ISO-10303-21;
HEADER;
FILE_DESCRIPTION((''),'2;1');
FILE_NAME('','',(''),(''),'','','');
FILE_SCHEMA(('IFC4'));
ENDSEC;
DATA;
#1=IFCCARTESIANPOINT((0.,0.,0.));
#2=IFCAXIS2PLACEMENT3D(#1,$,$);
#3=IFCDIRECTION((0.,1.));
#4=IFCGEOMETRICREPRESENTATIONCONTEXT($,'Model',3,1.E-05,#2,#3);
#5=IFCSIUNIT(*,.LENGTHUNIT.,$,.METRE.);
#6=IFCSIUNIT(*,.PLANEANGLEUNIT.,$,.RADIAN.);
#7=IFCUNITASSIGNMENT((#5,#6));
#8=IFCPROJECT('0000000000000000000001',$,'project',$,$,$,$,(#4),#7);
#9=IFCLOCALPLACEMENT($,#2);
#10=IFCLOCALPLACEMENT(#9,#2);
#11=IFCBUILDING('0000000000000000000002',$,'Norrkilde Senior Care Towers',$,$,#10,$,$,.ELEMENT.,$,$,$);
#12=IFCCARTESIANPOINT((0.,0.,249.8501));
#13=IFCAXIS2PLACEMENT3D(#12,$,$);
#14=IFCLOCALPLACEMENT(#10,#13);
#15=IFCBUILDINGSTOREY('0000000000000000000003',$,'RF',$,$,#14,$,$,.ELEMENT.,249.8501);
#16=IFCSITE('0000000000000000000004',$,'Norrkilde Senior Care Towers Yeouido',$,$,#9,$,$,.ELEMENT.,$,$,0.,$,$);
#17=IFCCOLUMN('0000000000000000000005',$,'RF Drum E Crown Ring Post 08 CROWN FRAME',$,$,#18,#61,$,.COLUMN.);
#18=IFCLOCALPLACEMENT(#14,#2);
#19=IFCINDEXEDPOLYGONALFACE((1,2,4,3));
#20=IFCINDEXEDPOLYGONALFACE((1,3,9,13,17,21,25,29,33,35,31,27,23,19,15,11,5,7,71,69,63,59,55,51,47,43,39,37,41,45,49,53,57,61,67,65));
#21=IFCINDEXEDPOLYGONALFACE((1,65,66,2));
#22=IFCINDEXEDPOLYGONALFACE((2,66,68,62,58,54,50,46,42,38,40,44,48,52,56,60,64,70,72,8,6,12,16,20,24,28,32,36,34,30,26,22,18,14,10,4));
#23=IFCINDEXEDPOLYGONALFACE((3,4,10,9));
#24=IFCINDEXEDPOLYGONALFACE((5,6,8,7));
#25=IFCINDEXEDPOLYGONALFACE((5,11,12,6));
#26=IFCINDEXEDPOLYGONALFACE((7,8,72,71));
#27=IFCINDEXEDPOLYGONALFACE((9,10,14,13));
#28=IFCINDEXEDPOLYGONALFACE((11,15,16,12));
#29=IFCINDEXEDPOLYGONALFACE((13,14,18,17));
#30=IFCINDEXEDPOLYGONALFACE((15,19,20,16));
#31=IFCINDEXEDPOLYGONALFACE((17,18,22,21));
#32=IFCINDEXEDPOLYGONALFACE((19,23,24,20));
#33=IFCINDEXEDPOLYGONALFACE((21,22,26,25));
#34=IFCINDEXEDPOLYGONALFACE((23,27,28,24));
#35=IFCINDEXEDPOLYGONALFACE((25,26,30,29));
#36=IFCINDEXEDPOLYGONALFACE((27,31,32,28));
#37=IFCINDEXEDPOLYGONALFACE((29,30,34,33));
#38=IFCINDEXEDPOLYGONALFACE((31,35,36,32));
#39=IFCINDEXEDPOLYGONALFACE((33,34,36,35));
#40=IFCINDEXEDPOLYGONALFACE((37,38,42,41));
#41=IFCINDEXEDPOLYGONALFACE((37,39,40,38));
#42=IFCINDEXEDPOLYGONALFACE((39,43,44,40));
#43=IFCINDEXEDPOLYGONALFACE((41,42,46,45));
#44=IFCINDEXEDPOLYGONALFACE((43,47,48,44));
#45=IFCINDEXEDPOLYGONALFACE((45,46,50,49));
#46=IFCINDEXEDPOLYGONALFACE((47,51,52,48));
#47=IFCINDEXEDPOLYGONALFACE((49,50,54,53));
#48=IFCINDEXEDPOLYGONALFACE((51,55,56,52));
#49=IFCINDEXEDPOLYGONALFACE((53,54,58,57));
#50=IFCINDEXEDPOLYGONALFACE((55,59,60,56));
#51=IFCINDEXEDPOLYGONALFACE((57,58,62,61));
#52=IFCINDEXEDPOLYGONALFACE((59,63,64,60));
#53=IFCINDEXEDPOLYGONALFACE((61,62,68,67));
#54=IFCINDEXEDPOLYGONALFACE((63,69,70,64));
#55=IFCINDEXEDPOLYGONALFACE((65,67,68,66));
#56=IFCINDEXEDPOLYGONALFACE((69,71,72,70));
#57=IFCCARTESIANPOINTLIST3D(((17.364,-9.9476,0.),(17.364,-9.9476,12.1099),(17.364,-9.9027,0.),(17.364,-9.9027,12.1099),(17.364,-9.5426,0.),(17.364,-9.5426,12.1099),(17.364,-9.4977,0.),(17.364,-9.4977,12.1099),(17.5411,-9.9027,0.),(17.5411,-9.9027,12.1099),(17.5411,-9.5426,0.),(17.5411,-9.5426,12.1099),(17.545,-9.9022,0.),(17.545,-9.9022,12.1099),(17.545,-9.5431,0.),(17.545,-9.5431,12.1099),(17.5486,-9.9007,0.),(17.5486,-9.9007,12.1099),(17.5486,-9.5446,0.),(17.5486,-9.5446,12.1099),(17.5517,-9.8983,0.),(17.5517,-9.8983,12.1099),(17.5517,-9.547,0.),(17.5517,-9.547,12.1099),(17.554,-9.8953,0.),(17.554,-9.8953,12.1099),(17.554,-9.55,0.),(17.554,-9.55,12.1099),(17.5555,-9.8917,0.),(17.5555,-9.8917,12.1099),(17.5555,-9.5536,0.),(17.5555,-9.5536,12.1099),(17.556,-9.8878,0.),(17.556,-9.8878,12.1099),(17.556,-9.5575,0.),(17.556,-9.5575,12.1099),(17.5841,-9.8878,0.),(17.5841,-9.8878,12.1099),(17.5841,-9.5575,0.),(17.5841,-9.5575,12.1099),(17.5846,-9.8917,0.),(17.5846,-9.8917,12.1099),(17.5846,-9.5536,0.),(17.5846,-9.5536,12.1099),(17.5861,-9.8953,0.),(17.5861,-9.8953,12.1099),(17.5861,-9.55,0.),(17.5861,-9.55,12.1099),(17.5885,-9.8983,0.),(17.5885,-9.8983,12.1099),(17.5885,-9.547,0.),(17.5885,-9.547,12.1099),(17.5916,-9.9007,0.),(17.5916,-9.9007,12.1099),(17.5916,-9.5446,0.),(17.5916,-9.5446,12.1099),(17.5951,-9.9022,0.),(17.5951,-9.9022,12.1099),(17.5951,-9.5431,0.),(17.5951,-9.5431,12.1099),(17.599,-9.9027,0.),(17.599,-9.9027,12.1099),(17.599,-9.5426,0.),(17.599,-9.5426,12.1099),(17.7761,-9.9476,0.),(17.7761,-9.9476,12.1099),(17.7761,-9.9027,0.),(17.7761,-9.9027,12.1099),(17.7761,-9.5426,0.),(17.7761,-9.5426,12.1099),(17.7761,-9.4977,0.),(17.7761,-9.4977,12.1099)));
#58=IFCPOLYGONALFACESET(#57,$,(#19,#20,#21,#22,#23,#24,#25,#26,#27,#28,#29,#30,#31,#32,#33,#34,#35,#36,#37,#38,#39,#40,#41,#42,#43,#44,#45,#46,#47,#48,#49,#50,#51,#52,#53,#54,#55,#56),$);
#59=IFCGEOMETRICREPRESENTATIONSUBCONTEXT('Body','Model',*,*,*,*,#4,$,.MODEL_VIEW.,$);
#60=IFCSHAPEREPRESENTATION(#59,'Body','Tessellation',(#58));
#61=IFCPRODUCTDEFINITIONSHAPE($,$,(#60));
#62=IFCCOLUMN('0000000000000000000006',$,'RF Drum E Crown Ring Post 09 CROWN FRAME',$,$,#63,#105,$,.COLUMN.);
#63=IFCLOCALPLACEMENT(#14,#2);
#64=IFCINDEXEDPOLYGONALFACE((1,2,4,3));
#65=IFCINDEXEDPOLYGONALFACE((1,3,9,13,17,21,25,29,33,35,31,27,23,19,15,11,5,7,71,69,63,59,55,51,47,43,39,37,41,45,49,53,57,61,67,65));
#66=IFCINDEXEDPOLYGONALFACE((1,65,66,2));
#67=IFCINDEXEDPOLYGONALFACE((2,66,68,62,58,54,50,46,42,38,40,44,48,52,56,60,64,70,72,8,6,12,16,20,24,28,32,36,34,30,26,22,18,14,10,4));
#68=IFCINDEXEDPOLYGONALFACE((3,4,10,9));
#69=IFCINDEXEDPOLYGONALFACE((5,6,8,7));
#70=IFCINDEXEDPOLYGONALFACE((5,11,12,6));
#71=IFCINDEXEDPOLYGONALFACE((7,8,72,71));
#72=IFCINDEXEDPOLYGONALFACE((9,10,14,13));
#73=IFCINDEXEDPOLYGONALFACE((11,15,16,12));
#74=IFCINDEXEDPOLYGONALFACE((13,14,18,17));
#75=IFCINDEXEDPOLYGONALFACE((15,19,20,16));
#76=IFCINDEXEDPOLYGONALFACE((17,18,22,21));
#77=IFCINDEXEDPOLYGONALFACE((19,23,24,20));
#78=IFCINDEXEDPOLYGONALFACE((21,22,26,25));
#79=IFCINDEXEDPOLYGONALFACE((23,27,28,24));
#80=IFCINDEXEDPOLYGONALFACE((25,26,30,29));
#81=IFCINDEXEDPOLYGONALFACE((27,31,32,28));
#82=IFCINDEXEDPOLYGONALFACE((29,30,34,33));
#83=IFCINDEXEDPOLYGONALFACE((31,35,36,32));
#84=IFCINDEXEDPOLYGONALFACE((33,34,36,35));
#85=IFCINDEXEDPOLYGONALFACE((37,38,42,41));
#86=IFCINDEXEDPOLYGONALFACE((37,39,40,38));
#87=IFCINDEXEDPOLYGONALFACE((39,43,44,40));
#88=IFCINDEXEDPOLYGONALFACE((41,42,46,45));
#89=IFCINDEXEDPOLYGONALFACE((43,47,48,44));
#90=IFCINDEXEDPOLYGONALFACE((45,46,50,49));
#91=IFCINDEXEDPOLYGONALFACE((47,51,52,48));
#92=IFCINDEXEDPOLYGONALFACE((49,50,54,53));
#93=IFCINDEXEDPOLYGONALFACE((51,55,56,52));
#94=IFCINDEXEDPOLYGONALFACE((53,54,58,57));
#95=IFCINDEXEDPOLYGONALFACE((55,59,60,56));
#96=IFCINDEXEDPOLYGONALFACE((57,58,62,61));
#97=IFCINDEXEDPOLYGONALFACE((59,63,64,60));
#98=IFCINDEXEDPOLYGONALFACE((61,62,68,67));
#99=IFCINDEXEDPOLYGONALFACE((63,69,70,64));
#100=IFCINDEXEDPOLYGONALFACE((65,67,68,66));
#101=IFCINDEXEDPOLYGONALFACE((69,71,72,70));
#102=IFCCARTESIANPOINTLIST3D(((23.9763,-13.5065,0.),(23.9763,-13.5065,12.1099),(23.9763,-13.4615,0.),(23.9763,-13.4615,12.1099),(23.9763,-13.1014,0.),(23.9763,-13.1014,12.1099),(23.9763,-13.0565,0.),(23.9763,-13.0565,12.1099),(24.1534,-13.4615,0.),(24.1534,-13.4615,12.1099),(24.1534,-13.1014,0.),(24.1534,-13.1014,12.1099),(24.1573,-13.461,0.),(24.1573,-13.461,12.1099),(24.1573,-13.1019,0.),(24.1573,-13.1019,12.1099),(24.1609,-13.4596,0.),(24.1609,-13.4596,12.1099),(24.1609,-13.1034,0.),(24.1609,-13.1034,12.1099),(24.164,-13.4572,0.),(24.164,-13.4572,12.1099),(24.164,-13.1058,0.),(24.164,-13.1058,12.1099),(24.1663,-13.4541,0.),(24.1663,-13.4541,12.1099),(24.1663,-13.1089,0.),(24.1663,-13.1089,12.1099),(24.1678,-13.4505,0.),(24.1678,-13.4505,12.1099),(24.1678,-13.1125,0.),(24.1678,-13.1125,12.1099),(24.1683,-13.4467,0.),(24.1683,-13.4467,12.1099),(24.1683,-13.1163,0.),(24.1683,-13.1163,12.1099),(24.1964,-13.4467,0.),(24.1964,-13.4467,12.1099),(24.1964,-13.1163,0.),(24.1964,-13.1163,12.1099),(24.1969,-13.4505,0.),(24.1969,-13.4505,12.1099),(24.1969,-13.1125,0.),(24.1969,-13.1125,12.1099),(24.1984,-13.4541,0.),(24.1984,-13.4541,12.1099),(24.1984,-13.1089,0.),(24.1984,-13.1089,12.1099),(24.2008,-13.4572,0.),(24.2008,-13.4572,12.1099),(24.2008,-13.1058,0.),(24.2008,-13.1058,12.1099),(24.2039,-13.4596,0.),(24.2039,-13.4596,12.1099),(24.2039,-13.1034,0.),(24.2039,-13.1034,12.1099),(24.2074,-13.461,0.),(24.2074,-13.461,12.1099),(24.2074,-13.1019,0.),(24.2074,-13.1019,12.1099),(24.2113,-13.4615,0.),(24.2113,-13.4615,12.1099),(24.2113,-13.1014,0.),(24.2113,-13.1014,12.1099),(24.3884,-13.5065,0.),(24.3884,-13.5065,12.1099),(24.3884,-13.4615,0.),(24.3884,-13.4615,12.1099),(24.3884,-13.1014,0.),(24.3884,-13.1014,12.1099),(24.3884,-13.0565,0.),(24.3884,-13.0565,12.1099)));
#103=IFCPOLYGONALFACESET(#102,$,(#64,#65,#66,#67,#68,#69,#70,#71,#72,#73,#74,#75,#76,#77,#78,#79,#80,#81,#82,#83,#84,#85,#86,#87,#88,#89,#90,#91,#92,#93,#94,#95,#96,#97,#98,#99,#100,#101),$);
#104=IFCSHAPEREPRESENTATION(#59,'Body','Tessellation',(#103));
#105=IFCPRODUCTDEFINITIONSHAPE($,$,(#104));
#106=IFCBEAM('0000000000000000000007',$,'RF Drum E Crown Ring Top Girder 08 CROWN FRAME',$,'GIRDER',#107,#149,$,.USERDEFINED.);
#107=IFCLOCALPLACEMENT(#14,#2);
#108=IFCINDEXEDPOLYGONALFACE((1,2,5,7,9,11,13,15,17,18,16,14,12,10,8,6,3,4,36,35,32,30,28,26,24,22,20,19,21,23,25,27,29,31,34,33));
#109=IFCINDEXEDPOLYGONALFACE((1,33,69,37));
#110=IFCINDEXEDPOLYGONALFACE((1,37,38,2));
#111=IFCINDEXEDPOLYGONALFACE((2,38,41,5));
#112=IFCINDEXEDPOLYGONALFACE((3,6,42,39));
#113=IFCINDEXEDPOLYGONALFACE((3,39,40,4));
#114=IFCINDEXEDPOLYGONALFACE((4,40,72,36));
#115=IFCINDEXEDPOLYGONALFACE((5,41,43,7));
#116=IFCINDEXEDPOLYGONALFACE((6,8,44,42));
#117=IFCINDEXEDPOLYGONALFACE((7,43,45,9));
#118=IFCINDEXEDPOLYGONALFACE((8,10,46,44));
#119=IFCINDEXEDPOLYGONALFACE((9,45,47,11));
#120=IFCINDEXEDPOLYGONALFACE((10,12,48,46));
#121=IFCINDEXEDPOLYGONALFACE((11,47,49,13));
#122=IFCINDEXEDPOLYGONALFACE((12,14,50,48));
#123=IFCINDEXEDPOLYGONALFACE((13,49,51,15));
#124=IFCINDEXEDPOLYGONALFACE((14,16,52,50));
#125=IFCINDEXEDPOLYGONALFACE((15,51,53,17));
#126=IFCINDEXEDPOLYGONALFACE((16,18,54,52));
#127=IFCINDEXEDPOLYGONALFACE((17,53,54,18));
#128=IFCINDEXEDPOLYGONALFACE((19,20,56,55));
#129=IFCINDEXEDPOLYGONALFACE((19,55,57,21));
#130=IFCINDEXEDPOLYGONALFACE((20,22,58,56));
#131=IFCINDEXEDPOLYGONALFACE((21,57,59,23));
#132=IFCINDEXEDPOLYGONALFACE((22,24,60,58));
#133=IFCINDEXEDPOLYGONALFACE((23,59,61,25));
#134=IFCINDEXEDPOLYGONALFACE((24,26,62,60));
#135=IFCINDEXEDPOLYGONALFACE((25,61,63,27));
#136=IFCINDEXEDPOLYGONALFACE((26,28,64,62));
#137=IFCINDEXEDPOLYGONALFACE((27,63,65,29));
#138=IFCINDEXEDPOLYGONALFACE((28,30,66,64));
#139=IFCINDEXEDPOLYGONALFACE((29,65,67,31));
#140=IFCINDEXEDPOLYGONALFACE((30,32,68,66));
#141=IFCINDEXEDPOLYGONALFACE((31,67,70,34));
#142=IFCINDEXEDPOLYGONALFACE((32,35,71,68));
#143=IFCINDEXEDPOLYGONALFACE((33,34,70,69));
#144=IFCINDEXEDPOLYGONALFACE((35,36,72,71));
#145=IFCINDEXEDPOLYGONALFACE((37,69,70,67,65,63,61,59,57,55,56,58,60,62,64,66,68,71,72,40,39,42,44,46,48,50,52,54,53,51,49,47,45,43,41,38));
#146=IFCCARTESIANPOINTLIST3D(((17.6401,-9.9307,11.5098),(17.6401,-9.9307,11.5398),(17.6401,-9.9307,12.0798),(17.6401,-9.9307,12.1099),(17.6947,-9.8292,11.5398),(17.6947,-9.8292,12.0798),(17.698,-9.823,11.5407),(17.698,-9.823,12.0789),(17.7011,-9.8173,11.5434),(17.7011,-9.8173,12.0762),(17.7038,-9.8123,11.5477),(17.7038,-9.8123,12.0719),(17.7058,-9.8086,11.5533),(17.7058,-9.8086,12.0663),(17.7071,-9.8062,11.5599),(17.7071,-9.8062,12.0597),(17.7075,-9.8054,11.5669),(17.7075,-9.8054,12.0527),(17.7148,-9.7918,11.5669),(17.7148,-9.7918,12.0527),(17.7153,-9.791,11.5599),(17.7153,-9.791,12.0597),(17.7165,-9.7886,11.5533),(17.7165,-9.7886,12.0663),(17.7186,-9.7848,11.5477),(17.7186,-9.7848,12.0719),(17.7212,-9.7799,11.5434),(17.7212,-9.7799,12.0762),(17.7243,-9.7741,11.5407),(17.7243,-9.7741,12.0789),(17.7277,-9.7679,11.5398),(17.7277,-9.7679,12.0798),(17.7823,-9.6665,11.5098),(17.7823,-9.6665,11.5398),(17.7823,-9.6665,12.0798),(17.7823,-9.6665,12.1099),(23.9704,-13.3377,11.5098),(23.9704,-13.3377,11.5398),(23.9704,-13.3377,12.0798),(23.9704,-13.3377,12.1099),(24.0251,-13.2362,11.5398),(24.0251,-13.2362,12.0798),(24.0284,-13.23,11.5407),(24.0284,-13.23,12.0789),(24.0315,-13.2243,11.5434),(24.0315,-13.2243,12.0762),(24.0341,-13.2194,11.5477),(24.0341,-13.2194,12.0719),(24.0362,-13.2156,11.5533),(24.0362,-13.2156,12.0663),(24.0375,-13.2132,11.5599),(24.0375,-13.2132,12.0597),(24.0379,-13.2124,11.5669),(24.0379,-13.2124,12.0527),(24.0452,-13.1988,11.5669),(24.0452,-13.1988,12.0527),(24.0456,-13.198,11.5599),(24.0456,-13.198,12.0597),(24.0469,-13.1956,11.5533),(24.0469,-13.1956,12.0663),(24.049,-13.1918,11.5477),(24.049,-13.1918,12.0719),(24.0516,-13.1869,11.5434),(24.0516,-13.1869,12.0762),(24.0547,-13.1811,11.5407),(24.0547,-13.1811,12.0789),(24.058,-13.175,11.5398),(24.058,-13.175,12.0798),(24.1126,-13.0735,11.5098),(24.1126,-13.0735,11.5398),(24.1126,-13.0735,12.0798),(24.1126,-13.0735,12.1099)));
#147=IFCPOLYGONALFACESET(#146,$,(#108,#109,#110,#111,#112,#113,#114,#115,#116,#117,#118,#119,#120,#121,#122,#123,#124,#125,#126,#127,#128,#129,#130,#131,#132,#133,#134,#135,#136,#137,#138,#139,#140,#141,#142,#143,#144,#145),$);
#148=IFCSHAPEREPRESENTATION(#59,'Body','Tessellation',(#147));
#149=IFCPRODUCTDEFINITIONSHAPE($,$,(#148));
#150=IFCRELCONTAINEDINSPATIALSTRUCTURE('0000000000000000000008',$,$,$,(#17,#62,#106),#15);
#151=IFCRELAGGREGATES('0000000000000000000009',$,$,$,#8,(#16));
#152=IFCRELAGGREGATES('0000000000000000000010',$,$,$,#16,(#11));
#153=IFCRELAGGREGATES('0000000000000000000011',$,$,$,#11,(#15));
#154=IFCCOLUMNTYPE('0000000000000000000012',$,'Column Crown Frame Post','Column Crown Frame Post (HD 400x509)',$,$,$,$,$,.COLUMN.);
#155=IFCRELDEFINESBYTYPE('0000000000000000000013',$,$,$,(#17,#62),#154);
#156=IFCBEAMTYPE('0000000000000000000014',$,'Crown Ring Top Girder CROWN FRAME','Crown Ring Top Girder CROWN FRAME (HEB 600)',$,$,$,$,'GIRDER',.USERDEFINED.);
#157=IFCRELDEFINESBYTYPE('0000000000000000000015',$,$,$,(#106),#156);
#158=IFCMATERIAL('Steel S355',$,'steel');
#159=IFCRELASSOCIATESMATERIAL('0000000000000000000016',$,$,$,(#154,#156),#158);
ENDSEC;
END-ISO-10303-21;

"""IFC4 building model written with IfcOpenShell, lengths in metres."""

from ifc_helpers import new_model, si_unit, direction, frame, origin, origin_2d, place, context, subcontext, project, spatial, i_section, extrude, source, transform, mapped, material, material_profile, profile_set, type_object, type_shapes, element, save


model = new_model("IFC4")

# Units and contexts
model_context = context("Model", 3, precision=1e-05, world=origin(), true_north=direction((0.0, 1.0)))
body_context = subcontext(model_context, "Body", "Model", "MODEL_VIEW")
ifc_project = project(units=[si_unit("LENGTHUNIT", "METRE"), si_unit("PLANEANGLEUNIT", "RADIAN")], contexts=[model_context])

# Site, building, storey
site_placement = place(None, origin())
site = spatial("IfcSite", under=ifc_project, at=site_placement, Name="Norrkilde Senior Care Towers Yeouido", CompositionType="ELEMENT", RefElevation=0.0)
building_placement = place(site_placement, origin())
building = spatial("IfcBuilding", under=site, at=building_placement, Name="Norrkilde Senior Care Towers", CompositionType="ELEMENT")
storey_placement = place(building_placement, frame((0.0, 0.0, 249.8501)))
storey = spatial("IfcBuildingStorey", under=building, at=storey_placement, Name="RF", CompositionType="ELEMENT", Elevation=249.8501)

# Columns
ifc_material_1 = material(Name="Steel S355", Category="steel")
ifc_material_profile_1 = material_profile(ifc_material_1, i_section(OverallWidth=0.4121, OverallDepth=0.45, WebThickness=0.0281, FlangeThickness=0.0449, FilletRadius=0.0149, at=origin_2d()), Name="HD 400x509")
ifc_profile_set_1 = profile_set([ifc_material_profile_1], Name="Steel S355")
column_type = type_object("IfcColumnType", Name="Column Crown Frame Post", Description="Column Crown Frame Post (HD 400x509)", PredefinedType="COLUMN", material=ifc_profile_set_1)
shared_shape_1 = source(origin(), body_context, "Body", "SweptSolid", [
    extrude(i_section(OverallWidth=0.4121, OverallDepth=0.45, WebThickness=0.0281, FlangeThickness=0.0449, FilletRadius=0.0149, at=origin_2d()), origin(), (0.0, 0.0, 1.0), 12.1099),
])
type_shapes(column_type, [shared_shape_1])
for number, where, z_axis, x_axis, name in (
    (1, (17.5701, -9.7227, 0.0), (0.0, 0.0, 1.0), (1.0, 0.0, 0.0), "RF Drum E Crown Ring Post 08 CROWN FRAME"),
    (2, (24.1824, -13.2815, 0.0), (0.0, 0.0, 1.0), (1.0, 0.0, 0.0), "RF Drum E Crown Ring Post 09 CROWN FRAME"),
):
    element("IfcColumn", number, at=place(storey_placement, frame(where, z_axis=z_axis, x_axis=x_axis)), inside=storey, type_object=column_type, Name=name, PredefinedType="COLUMN", context=body_context, shape_type="MappedRepresentation", body=[
        mapped(shared_shape_1, transform((0.0, 0.0, 0.0), x_axis=(1.0, 0.0, 0.0), y_axis=(0.0, 1.0, 0.0), z_axis=(0.0, 0.0, 1.0), scale=1.0)),
    ])

# Beam
ifc_material_profile_2 = material_profile(ifc_material_1, i_section(OverallWidth=0.3, OverallDepth=0.6001, WebThickness=0.0154, FlangeThickness=0.03, FilletRadius=0.0271, at=origin_2d()), Name="HEB 600")
ifc_profile_set_2 = profile_set([ifc_material_profile_2], Name="Steel S355")
beam_type_1 = type_object("IfcBeamType", Name="Crown Ring Top Girder CROWN FRAME", Description="Crown Ring Top Girder CROWN FRAME (HEB 600)", ElementType="GIRDER", PredefinedType="USERDEFINED", material=ifc_profile_set_2)
shared_shape_2 = source(origin(), body_context, "Body", "SweptSolid", [
    extrude(i_section(OverallWidth=0.3, OverallDepth=0.6001, WebThickness=0.0154, FlangeThickness=0.03, FilletRadius=0.0271, at=origin_2d()), origin(), (0.0, 0.0, 1.0), 7.189),
])
beam_1_placement = place(storey_placement, frame((17.7112, -9.7986, 11.8098), z_axis=(0.880567, -0.473922, 0.0), x_axis=(0.473922, 0.880567, 0.0)))
element("IfcBeam", 3, at=beam_1_placement, inside=storey, type_object=beam_type_1, Name="RF Drum E Crown Ring Top Girder 08 CROWN FRAME", ObjectType="GIRDER", PredefinedType="USERDEFINED", context=body_context, shape_type="MappedRepresentation", body=[
    mapped(shared_shape_2, transform((0.0, 0.0, 0.0), x_axis=(1.0, 0.0, 0.0), y_axis=(0.0, 1.0, 0.0), z_axis=(0.0, 0.0, 1.0), scale=1.0)),
])

save(model, "model.ifc")
